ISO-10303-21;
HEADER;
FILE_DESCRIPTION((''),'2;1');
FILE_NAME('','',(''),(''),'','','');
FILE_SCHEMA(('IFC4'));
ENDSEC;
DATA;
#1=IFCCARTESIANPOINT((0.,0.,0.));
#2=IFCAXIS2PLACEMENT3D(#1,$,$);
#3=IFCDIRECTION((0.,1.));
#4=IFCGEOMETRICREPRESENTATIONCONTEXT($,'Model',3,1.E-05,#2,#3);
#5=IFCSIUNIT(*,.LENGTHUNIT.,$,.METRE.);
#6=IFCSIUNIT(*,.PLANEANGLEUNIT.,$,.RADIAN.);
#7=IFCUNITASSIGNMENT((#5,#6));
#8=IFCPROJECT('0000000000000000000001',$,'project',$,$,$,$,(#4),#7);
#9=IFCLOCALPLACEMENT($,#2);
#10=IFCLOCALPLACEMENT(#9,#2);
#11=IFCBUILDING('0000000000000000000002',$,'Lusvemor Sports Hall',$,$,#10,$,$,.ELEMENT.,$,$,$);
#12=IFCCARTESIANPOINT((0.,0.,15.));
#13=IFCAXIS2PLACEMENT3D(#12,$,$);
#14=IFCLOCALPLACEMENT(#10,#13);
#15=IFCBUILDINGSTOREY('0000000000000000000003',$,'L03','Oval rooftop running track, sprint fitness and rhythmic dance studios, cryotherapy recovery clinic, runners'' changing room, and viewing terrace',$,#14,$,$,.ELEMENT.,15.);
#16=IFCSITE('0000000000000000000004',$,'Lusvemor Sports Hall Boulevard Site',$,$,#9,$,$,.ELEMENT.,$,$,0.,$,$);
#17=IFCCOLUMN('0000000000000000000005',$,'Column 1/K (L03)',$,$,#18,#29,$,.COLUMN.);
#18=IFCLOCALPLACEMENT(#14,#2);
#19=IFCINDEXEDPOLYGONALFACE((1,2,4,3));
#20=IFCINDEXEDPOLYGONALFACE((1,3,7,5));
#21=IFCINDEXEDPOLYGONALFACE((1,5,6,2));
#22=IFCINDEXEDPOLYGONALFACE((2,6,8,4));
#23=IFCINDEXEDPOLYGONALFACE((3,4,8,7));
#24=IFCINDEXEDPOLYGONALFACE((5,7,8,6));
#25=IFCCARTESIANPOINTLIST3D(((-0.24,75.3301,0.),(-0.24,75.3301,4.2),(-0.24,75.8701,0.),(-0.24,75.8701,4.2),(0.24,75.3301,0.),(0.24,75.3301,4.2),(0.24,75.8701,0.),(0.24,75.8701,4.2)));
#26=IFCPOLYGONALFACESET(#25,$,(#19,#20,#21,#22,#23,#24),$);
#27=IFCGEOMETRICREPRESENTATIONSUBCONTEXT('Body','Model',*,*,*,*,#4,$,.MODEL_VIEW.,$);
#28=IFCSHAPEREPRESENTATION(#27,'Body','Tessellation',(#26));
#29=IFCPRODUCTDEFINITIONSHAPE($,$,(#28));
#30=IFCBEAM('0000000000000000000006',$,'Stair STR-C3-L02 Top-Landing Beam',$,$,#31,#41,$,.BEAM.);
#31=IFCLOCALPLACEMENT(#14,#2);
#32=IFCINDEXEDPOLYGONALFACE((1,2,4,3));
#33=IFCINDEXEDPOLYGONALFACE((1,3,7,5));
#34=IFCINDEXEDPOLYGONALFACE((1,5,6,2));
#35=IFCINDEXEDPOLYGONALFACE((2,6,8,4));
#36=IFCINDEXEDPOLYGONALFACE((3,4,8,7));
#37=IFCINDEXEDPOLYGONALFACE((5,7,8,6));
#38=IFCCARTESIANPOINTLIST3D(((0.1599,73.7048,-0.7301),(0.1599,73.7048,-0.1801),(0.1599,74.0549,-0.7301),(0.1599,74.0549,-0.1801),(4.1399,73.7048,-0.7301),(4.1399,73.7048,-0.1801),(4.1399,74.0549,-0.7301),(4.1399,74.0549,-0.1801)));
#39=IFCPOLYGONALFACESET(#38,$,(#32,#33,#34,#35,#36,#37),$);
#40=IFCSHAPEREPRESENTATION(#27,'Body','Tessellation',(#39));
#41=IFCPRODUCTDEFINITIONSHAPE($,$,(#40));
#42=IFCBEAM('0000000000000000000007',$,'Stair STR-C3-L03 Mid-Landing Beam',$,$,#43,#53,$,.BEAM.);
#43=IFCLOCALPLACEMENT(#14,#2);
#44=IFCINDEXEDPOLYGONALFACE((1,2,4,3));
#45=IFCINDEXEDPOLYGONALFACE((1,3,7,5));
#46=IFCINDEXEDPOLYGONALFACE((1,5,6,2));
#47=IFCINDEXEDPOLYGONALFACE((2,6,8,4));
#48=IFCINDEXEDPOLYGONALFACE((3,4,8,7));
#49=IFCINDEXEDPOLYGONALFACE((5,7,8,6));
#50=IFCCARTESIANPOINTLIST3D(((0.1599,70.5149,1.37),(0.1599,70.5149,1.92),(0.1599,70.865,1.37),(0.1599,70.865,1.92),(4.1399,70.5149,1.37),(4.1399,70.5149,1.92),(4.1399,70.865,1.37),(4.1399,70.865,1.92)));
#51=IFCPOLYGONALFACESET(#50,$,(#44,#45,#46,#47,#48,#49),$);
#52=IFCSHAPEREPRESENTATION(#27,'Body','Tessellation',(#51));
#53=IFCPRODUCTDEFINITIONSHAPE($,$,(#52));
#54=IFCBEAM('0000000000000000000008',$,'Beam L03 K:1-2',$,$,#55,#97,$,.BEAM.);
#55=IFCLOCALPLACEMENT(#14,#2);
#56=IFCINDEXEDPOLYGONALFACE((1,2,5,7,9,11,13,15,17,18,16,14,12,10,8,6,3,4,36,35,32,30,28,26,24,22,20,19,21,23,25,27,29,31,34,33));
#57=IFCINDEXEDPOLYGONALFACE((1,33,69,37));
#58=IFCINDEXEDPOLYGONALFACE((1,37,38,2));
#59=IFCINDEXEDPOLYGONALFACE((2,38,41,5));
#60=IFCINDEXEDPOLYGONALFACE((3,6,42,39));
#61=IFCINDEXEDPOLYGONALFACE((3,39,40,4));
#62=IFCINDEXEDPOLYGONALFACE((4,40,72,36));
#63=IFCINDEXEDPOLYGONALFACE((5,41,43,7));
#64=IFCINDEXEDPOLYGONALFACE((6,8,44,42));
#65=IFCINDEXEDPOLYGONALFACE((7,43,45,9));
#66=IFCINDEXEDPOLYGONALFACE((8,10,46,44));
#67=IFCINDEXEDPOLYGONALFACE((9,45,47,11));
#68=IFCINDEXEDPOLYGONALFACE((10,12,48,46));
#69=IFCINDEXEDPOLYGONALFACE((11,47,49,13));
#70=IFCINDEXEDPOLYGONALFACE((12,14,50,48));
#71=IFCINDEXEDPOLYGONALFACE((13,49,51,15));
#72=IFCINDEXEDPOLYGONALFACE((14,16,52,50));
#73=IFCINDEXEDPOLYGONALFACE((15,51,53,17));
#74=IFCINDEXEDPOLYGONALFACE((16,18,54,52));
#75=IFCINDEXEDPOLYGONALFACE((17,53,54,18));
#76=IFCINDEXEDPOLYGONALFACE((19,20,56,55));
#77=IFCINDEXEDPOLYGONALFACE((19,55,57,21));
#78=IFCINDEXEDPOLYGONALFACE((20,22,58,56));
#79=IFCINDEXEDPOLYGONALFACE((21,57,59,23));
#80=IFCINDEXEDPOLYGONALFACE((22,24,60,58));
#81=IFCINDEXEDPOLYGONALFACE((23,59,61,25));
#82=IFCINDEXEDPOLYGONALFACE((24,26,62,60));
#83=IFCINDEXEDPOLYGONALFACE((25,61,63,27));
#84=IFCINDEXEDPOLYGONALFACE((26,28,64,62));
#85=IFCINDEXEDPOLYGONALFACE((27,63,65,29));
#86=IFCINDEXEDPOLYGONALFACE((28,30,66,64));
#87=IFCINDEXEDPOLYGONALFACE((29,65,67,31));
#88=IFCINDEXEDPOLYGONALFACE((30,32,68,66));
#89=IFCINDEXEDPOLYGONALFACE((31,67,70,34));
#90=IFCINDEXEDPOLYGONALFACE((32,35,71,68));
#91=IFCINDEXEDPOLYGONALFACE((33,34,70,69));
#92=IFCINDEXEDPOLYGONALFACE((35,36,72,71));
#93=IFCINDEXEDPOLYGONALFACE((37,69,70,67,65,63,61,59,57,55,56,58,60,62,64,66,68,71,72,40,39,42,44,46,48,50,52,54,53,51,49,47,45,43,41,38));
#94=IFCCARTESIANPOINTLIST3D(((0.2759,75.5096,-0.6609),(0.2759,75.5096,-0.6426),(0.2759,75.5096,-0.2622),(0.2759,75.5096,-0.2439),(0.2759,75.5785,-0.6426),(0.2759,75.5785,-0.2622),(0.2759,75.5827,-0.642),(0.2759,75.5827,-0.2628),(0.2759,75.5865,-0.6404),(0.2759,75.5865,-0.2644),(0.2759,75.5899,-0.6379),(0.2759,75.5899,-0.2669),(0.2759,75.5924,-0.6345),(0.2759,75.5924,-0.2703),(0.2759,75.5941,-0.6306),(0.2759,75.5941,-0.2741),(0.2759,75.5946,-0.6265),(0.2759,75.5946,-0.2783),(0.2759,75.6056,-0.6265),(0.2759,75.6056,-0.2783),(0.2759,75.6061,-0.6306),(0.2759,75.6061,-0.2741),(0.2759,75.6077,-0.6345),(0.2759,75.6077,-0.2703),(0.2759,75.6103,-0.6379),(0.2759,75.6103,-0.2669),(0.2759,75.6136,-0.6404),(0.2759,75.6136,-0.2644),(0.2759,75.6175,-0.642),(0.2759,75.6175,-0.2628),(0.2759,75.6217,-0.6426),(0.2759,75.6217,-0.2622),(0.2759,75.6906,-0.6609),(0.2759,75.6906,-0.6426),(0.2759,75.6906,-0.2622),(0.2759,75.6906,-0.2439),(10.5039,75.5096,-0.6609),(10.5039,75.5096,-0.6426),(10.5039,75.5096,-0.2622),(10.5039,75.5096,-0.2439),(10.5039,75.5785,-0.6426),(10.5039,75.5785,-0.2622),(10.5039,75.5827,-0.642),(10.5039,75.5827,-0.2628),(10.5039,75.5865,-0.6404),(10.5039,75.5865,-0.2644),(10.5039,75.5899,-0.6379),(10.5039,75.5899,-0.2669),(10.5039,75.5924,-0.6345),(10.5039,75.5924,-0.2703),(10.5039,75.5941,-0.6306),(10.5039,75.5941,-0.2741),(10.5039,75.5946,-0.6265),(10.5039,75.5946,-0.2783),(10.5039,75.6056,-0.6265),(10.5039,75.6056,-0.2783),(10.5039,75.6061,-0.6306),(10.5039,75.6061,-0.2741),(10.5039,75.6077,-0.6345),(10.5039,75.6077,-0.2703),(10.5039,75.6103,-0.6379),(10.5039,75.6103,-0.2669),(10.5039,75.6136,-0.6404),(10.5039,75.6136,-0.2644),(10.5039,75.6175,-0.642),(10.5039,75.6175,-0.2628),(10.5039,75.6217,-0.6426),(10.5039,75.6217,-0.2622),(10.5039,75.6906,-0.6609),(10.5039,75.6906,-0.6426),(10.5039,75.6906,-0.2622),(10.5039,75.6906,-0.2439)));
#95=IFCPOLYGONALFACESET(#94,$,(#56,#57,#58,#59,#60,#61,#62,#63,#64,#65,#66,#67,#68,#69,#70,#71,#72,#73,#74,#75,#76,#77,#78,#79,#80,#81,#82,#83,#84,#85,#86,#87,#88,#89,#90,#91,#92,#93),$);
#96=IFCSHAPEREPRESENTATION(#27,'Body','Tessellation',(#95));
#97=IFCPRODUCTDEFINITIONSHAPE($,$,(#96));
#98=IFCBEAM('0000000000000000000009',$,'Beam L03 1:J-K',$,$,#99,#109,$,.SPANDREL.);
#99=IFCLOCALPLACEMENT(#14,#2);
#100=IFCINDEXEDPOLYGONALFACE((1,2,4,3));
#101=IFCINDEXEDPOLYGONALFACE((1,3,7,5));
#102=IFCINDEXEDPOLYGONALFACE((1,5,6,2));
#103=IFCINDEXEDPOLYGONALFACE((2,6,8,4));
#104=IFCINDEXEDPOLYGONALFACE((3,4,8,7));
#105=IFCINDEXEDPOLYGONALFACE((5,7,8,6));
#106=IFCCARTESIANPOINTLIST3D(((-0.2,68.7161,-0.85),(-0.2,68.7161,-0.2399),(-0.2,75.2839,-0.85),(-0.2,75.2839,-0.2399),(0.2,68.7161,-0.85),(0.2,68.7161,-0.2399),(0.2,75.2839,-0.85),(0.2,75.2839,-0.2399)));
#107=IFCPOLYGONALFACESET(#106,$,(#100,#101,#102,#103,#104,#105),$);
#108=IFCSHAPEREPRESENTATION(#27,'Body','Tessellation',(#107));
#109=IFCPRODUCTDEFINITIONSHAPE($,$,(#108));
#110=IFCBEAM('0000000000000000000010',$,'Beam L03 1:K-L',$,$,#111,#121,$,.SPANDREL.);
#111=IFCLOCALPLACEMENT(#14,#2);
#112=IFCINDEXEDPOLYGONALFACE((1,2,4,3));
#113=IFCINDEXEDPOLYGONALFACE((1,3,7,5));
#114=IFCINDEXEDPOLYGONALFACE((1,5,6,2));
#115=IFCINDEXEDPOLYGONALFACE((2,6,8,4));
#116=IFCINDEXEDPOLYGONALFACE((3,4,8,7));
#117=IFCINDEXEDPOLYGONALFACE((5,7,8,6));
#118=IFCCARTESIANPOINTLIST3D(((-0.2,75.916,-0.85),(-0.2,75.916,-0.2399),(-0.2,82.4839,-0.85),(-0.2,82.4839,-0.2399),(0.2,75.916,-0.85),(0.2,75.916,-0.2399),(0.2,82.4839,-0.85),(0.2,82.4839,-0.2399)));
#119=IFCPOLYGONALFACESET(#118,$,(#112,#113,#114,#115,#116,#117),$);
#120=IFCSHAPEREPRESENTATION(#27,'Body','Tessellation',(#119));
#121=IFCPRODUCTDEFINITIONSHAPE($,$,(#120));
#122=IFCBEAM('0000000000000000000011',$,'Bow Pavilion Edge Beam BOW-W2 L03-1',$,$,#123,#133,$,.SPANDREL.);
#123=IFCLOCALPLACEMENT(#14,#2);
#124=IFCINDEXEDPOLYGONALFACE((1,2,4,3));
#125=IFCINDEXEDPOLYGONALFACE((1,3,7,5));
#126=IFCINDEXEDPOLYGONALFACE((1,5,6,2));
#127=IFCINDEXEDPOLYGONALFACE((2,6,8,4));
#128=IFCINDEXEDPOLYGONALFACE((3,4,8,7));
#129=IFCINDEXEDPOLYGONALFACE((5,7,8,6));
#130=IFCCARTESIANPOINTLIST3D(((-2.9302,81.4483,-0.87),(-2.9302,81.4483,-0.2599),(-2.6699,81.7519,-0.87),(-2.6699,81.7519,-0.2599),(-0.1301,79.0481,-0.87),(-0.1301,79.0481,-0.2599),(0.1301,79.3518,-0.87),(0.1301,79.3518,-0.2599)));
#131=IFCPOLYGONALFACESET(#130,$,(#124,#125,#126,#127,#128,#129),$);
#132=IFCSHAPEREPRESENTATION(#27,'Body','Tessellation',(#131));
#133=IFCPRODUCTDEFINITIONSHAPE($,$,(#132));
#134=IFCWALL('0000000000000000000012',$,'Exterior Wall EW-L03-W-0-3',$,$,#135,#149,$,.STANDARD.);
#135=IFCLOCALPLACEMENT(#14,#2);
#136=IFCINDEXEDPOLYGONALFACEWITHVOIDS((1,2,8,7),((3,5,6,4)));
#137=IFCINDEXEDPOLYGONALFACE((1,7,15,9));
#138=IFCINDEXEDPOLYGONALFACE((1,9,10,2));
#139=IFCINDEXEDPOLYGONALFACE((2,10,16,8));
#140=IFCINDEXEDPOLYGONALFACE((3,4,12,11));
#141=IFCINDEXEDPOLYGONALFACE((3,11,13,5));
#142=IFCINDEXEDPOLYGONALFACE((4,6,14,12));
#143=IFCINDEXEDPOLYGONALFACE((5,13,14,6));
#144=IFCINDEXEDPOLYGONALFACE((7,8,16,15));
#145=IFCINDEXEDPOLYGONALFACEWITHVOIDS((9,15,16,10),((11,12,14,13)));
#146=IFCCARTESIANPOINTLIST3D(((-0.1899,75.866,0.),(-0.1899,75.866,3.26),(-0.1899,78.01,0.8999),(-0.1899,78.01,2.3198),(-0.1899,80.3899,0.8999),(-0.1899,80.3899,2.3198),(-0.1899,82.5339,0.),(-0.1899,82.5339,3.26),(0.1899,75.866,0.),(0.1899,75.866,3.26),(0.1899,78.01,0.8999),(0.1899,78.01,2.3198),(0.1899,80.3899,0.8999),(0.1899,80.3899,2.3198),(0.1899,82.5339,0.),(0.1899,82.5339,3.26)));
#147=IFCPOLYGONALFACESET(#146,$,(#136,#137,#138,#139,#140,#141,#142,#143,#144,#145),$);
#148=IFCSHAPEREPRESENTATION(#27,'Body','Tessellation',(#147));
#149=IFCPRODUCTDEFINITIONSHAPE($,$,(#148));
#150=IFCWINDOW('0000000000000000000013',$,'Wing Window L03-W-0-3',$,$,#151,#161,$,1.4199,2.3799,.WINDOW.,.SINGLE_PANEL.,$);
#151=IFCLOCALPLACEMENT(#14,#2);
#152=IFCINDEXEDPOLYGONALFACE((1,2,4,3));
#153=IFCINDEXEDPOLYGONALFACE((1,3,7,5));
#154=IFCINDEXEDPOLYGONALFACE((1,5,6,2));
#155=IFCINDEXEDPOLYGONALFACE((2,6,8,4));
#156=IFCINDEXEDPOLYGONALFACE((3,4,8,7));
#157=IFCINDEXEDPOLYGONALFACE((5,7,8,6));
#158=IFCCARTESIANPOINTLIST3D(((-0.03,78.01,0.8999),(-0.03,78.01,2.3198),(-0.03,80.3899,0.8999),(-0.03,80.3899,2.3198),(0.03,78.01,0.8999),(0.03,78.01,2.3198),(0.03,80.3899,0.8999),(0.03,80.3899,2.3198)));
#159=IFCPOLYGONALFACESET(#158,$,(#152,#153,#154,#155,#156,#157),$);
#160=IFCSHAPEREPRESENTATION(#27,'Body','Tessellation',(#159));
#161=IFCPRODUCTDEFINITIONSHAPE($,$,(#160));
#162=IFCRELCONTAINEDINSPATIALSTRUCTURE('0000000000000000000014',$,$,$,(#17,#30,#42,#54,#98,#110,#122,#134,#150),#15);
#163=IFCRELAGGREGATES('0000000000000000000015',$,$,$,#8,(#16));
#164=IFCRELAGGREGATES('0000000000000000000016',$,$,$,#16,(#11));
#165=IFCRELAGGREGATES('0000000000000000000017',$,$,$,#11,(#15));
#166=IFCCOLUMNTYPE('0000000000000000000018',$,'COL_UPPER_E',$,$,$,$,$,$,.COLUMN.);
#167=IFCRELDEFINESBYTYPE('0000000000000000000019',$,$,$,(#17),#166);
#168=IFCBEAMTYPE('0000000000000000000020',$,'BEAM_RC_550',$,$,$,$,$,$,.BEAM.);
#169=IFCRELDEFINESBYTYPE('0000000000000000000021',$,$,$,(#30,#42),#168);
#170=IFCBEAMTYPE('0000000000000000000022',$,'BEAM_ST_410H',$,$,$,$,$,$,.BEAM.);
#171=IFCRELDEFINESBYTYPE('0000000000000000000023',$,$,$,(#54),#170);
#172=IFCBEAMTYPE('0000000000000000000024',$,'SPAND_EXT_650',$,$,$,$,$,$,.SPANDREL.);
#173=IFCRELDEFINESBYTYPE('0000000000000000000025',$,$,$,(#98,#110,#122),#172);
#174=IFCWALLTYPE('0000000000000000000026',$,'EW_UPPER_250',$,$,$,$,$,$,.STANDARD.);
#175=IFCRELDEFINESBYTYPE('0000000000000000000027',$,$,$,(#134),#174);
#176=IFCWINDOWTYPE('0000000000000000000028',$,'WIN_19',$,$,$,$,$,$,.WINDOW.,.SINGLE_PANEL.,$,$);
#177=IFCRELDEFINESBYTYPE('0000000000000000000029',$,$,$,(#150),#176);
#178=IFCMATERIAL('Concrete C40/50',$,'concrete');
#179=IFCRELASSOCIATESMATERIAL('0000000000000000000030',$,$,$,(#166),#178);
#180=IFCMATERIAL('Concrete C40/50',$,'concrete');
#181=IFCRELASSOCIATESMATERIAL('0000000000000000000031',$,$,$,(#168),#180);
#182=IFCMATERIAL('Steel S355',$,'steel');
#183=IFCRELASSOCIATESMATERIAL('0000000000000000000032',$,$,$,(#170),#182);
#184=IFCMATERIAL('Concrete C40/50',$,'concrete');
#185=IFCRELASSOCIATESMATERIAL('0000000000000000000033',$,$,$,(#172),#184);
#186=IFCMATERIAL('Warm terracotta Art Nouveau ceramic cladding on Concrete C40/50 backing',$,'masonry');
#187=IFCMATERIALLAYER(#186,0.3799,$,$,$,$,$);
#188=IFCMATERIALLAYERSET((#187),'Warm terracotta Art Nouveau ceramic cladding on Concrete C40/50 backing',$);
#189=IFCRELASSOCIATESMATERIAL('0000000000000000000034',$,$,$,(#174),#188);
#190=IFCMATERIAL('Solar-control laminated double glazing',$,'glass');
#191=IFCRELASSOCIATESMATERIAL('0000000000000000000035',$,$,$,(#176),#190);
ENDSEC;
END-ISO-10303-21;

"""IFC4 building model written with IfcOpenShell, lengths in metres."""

from ifc_helpers import new_model, si_unit, direction, frame, frame_2d, origin, origin_2d, place, context, subcontext, project, spatial, rectangle, i_section, extrude, material, layer, layer_set, material_profile, profile_set, type_object, element, fill, save


model = new_model("IFC4")

# Units and contexts
model_context = context("Model", 3, precision=1e-05, world=origin(), true_north=direction((0.0, 1.0)))
body_context = subcontext(model_context, "Body", "Model", "MODEL_VIEW")
ifc_project = project(units=[si_unit("LENGTHUNIT", "METRE"), si_unit("PLANEANGLEUNIT", "RADIAN")], contexts=[model_context])

# Site, building, storey
site_placement = place(None, origin())
site = spatial("IfcSite", under=ifc_project, at=site_placement, Name="Lusvemor Sports Hall Boulevard Site", CompositionType="ELEMENT", RefElevation=0.0)
building_placement = place(site_placement, origin())
building = spatial("IfcBuilding", under=site, at=building_placement, Name="Lusvemor Sports Hall", CompositionType="ELEMENT")
storey_placement = place(building_placement, frame((0.0, 0.0, 15.0)))
storey = spatial("IfcBuildingStorey", under=building, at=storey_placement, Name="L03", Description="Oval rooftop running track, sprint fitness and rhythmic dance studios, cryotherapy recovery clinic, runners' changing room, and viewing terrace", CompositionType="ELEMENT", Elevation=15.0)

# Column
ifc_material_1 = material(Name="Concrete C40/50", Category="concrete")
ifc_material_profile_1 = material_profile(ifc_material_1, rectangle(XDim=0.48, YDim=0.54, at=origin_2d()), Name="RC480x540")
ifc_profile_set_1 = profile_set([ifc_material_profile_1], Name="Concrete C40/50")
column_type = type_object("IfcColumnType", Name="COL_UPPER_E", PredefinedType="COLUMN", material=ifc_profile_set_1)
column_placement = place(storey_placement, frame((0.0, 75.6001, 0.0), z_axis=(0.0, 0.0, 1.0), x_axis=(1.0, 0.0, 0.0)))
element("IfcColumn", 1, at=column_placement, inside=storey, type_object=column_type, Name="Column 1/K (L03)", PredefinedType="COLUMN", context=body_context, shape_type="SweptSolid", body=[
    extrude(rectangle(XDim=0.48, YDim=0.54, at=origin_2d()), origin(), (0.0, 0.0, 1.0), 4.2),
])

# Beams
ifc_material_2 = material(Name="Concrete C40/50", Category="concrete")
ifc_material_profile_2 = material_profile(ifc_material_2, rectangle(XDim=0.3501, YDim=0.55, at=origin_2d()), Name="RC350x550")
ifc_profile_set_2 = profile_set([ifc_material_profile_2], Name="Concrete C40/50")
beam_type_1 = type_object("IfcBeamType", Name="BEAM_RC_550", PredefinedType="BEAM", material=ifc_profile_set_2)
for number, where, z_axis, x_axis, name in (
    (2, (0.1599, 73.8799, -0.4551), (1.0, 0.0, 0.0), (0.0, 1.0, 0.0), "Stair STR-C3-L02 Top-Landing Beam"),
    (3, (0.1599, 70.6899, 1.645), (1.0, 0.0, 0.0), (0.0, 1.0, 0.0), "Stair STR-C3-L03 Mid-Landing Beam"),
):
    element("IfcBeam", number, at=place(storey_placement, frame(where, z_axis=z_axis, x_axis=x_axis)), inside=storey, type_object=beam_type_1, Name=name, PredefinedType="BEAM", context=body_context, shape_type="SweptSolid", body=[
        extrude(rectangle(XDim=0.3501, YDim=0.55, at=origin_2d()), origin(), (0.0, 0.0, 1.0), 3.98),
    ])
ifc_material_3 = material(Name="Steel S355", Category="steel")
ifc_material_profile_3 = material_profile(ifc_material_3, i_section(OverallWidth=0.1809, OverallDepth=0.417, WebThickness=0.011, FlangeThickness=0.0183, FilletRadius=0.0161, at=origin_2d()), Name="W410x85.0")
ifc_profile_set_3 = profile_set([ifc_material_profile_3], Name="Steel S355")
beam_type_2 = type_object("IfcBeamType", Name="BEAM_ST_410H", PredefinedType="BEAM", material=ifc_profile_set_3)
beam_1_placement = place(storey_placement, frame((0.2759, 75.6001, -0.4524), z_axis=(1.0, 0.0, 0.0), x_axis=(0.0, 1.0, 0.0)))
element("IfcBeam", 4, at=beam_1_placement, inside=storey, type_object=beam_type_2, Name="Beam L03 K:1-2", PredefinedType="BEAM", context=body_context, shape_type="SweptSolid", body=[
    extrude(i_section(OverallWidth=0.1809, OverallDepth=0.417, WebThickness=0.011, FlangeThickness=0.0183, FilletRadius=0.0161, at=origin_2d()), origin(), (0.0, 0.0, 1.0), 10.228),
])
ifc_material_4 = material(Name="Concrete C40/50", Category="concrete")
ifc_material_profile_4 = material_profile(ifc_material_4, rectangle(XDim=0.3999, YDim=0.6101, at=origin_2d()), Name="RC400x610")
ifc_profile_set_4 = profile_set([ifc_material_profile_4], Name="Concrete C40/50")
beam_type_3 = type_object("IfcBeamType", Name="SPAND_EXT_650", PredefinedType="SPANDREL", material=ifc_profile_set_4)
for number, where, z_axis, x_axis, name in (
    (5, (0.0, 68.7161, -0.5449), (0.0, 1.0, 0.0), (-1.0, 0.0, 0.0), "Beam L03 1:J-K"),
    (6, (0.0, 75.916, -0.5449), (0.0, 1.0, 0.0), (-1.0, 0.0, 0.0), "Beam L03 1:K-L"),
):
    element("IfcBeam", number, at=place(storey_placement, frame(where, z_axis=z_axis, x_axis=x_axis)), inside=storey, type_object=beam_type_3, Name=name, PredefinedType="SPANDREL", context=body_context, shape_type="SweptSolid", body=[
        extrude(rectangle(XDim=0.3999, YDim=0.6101, at=origin_2d()), origin(), (0.0, 0.0, 1.0), 6.5679),
    ])
beam_2_placement = place(storey_placement, frame((0.0, 79.2, -0.5649), z_axis=(-0.759243, 0.650808, 0.0), x_axis=(-0.650808, -0.759243, 0.0)))
element("IfcBeam", 7, at=beam_2_placement, inside=storey, type_object=beam_type_3, Name="Bow Pavilion Edge Beam BOW-W2 L03-1", PredefinedType="SPANDREL", context=body_context, shape_type="SweptSolid", body=[
    extrude(rectangle(XDim=0.3999, YDim=0.6101, at=origin_2d()), origin(), (0.0, 0.0, 1.0), 3.688),
])

# Wall, opening, window
ifc_material_5 = material(Name="Warm terracotta Art Nouveau ceramic cladding on Concrete C40/50 backing", Category="masonry")
ifc_layer_1 = layer(ifc_material_5, 0.3799)
ifc_layer_set_1 = layer_set([ifc_layer_1], Name="Warm terracotta Art Nouveau ceramic cladding on Concrete C40/50 backing")
wall_type_1 = type_object("IfcWallType", Name="EW_UPPER_250", PredefinedType="STANDARD", material=ifc_layer_set_1)
wall_1_placement = place(storey_placement, frame((0.0, 75.866, 0.0), z_axis=(0.0, 0.0, 1.0), x_axis=(0.0, 1.0, 0.0)))
wall_1 = element("IfcWall", 8, at=wall_1_placement, inside=storey, type_object=wall_type_1, Name="Exterior Wall EW-L03-W-0-3", PredefinedType="STANDARD", context=body_context, shape_type="SweptSolid", body=[
    extrude(rectangle(XDim=6.668, YDim=0.3799, at=frame_2d((3.334, 0.0))), origin(), (0.0, 0.0, 1.0), 3.26),
])
opening_1_placement = place(wall_1_placement, frame((2.144, 0.0, 0.8999)))
opening_1 = element("IfcOpeningElement", 9, at=opening_1_placement, cuts=wall_1, PredefinedType="OPENING", context=body_context, shape_type="SweptSolid", body=[
    extrude(rectangle(XDim=2.3799, YDim=1.4199, at=frame_2d((1.1899, 0.71))), frame((0.0, 0.1899, 0.0), z_axis=(0.0, -1.0, 0.0), x_axis=(1.0, 0.0, 0.0)), (0.0, 0.0, 1.0), 0.3799),
])
ifc_material_6 = material(Name="Solar-control laminated double glazing", Category="glass")
window_type_1 = type_object("IfcWindowType", Name="WIN_19", PartitioningType="SINGLE_PANEL", PredefinedType="WINDOW", material=ifc_material_6)
window_1_placement = place(opening_1_placement, origin())
window_1 = element("IfcWindow", 10, at=window_1_placement, inside=storey, type_object=window_type_1, Name="Wing Window L03-W-0-3", OverallHeight=1.4199, OverallWidth=2.3799, PartitioningType="SINGLE_PANEL", PredefinedType="WINDOW", context=body_context, shape_type="SweptSolid", body=[
    extrude(rectangle(XDim=2.3799, YDim=1.4199, at=frame_2d((1.1899, 0.71))), frame((0.0, 0.03, 0.0), z_axis=(0.0, -1.0, 0.0), x_axis=(1.0, 0.0, 0.0)), (0.0, 0.0, 1.0), 0.0601),
])
fill(opening_1, window_1)

save(model, "model.ifc")
